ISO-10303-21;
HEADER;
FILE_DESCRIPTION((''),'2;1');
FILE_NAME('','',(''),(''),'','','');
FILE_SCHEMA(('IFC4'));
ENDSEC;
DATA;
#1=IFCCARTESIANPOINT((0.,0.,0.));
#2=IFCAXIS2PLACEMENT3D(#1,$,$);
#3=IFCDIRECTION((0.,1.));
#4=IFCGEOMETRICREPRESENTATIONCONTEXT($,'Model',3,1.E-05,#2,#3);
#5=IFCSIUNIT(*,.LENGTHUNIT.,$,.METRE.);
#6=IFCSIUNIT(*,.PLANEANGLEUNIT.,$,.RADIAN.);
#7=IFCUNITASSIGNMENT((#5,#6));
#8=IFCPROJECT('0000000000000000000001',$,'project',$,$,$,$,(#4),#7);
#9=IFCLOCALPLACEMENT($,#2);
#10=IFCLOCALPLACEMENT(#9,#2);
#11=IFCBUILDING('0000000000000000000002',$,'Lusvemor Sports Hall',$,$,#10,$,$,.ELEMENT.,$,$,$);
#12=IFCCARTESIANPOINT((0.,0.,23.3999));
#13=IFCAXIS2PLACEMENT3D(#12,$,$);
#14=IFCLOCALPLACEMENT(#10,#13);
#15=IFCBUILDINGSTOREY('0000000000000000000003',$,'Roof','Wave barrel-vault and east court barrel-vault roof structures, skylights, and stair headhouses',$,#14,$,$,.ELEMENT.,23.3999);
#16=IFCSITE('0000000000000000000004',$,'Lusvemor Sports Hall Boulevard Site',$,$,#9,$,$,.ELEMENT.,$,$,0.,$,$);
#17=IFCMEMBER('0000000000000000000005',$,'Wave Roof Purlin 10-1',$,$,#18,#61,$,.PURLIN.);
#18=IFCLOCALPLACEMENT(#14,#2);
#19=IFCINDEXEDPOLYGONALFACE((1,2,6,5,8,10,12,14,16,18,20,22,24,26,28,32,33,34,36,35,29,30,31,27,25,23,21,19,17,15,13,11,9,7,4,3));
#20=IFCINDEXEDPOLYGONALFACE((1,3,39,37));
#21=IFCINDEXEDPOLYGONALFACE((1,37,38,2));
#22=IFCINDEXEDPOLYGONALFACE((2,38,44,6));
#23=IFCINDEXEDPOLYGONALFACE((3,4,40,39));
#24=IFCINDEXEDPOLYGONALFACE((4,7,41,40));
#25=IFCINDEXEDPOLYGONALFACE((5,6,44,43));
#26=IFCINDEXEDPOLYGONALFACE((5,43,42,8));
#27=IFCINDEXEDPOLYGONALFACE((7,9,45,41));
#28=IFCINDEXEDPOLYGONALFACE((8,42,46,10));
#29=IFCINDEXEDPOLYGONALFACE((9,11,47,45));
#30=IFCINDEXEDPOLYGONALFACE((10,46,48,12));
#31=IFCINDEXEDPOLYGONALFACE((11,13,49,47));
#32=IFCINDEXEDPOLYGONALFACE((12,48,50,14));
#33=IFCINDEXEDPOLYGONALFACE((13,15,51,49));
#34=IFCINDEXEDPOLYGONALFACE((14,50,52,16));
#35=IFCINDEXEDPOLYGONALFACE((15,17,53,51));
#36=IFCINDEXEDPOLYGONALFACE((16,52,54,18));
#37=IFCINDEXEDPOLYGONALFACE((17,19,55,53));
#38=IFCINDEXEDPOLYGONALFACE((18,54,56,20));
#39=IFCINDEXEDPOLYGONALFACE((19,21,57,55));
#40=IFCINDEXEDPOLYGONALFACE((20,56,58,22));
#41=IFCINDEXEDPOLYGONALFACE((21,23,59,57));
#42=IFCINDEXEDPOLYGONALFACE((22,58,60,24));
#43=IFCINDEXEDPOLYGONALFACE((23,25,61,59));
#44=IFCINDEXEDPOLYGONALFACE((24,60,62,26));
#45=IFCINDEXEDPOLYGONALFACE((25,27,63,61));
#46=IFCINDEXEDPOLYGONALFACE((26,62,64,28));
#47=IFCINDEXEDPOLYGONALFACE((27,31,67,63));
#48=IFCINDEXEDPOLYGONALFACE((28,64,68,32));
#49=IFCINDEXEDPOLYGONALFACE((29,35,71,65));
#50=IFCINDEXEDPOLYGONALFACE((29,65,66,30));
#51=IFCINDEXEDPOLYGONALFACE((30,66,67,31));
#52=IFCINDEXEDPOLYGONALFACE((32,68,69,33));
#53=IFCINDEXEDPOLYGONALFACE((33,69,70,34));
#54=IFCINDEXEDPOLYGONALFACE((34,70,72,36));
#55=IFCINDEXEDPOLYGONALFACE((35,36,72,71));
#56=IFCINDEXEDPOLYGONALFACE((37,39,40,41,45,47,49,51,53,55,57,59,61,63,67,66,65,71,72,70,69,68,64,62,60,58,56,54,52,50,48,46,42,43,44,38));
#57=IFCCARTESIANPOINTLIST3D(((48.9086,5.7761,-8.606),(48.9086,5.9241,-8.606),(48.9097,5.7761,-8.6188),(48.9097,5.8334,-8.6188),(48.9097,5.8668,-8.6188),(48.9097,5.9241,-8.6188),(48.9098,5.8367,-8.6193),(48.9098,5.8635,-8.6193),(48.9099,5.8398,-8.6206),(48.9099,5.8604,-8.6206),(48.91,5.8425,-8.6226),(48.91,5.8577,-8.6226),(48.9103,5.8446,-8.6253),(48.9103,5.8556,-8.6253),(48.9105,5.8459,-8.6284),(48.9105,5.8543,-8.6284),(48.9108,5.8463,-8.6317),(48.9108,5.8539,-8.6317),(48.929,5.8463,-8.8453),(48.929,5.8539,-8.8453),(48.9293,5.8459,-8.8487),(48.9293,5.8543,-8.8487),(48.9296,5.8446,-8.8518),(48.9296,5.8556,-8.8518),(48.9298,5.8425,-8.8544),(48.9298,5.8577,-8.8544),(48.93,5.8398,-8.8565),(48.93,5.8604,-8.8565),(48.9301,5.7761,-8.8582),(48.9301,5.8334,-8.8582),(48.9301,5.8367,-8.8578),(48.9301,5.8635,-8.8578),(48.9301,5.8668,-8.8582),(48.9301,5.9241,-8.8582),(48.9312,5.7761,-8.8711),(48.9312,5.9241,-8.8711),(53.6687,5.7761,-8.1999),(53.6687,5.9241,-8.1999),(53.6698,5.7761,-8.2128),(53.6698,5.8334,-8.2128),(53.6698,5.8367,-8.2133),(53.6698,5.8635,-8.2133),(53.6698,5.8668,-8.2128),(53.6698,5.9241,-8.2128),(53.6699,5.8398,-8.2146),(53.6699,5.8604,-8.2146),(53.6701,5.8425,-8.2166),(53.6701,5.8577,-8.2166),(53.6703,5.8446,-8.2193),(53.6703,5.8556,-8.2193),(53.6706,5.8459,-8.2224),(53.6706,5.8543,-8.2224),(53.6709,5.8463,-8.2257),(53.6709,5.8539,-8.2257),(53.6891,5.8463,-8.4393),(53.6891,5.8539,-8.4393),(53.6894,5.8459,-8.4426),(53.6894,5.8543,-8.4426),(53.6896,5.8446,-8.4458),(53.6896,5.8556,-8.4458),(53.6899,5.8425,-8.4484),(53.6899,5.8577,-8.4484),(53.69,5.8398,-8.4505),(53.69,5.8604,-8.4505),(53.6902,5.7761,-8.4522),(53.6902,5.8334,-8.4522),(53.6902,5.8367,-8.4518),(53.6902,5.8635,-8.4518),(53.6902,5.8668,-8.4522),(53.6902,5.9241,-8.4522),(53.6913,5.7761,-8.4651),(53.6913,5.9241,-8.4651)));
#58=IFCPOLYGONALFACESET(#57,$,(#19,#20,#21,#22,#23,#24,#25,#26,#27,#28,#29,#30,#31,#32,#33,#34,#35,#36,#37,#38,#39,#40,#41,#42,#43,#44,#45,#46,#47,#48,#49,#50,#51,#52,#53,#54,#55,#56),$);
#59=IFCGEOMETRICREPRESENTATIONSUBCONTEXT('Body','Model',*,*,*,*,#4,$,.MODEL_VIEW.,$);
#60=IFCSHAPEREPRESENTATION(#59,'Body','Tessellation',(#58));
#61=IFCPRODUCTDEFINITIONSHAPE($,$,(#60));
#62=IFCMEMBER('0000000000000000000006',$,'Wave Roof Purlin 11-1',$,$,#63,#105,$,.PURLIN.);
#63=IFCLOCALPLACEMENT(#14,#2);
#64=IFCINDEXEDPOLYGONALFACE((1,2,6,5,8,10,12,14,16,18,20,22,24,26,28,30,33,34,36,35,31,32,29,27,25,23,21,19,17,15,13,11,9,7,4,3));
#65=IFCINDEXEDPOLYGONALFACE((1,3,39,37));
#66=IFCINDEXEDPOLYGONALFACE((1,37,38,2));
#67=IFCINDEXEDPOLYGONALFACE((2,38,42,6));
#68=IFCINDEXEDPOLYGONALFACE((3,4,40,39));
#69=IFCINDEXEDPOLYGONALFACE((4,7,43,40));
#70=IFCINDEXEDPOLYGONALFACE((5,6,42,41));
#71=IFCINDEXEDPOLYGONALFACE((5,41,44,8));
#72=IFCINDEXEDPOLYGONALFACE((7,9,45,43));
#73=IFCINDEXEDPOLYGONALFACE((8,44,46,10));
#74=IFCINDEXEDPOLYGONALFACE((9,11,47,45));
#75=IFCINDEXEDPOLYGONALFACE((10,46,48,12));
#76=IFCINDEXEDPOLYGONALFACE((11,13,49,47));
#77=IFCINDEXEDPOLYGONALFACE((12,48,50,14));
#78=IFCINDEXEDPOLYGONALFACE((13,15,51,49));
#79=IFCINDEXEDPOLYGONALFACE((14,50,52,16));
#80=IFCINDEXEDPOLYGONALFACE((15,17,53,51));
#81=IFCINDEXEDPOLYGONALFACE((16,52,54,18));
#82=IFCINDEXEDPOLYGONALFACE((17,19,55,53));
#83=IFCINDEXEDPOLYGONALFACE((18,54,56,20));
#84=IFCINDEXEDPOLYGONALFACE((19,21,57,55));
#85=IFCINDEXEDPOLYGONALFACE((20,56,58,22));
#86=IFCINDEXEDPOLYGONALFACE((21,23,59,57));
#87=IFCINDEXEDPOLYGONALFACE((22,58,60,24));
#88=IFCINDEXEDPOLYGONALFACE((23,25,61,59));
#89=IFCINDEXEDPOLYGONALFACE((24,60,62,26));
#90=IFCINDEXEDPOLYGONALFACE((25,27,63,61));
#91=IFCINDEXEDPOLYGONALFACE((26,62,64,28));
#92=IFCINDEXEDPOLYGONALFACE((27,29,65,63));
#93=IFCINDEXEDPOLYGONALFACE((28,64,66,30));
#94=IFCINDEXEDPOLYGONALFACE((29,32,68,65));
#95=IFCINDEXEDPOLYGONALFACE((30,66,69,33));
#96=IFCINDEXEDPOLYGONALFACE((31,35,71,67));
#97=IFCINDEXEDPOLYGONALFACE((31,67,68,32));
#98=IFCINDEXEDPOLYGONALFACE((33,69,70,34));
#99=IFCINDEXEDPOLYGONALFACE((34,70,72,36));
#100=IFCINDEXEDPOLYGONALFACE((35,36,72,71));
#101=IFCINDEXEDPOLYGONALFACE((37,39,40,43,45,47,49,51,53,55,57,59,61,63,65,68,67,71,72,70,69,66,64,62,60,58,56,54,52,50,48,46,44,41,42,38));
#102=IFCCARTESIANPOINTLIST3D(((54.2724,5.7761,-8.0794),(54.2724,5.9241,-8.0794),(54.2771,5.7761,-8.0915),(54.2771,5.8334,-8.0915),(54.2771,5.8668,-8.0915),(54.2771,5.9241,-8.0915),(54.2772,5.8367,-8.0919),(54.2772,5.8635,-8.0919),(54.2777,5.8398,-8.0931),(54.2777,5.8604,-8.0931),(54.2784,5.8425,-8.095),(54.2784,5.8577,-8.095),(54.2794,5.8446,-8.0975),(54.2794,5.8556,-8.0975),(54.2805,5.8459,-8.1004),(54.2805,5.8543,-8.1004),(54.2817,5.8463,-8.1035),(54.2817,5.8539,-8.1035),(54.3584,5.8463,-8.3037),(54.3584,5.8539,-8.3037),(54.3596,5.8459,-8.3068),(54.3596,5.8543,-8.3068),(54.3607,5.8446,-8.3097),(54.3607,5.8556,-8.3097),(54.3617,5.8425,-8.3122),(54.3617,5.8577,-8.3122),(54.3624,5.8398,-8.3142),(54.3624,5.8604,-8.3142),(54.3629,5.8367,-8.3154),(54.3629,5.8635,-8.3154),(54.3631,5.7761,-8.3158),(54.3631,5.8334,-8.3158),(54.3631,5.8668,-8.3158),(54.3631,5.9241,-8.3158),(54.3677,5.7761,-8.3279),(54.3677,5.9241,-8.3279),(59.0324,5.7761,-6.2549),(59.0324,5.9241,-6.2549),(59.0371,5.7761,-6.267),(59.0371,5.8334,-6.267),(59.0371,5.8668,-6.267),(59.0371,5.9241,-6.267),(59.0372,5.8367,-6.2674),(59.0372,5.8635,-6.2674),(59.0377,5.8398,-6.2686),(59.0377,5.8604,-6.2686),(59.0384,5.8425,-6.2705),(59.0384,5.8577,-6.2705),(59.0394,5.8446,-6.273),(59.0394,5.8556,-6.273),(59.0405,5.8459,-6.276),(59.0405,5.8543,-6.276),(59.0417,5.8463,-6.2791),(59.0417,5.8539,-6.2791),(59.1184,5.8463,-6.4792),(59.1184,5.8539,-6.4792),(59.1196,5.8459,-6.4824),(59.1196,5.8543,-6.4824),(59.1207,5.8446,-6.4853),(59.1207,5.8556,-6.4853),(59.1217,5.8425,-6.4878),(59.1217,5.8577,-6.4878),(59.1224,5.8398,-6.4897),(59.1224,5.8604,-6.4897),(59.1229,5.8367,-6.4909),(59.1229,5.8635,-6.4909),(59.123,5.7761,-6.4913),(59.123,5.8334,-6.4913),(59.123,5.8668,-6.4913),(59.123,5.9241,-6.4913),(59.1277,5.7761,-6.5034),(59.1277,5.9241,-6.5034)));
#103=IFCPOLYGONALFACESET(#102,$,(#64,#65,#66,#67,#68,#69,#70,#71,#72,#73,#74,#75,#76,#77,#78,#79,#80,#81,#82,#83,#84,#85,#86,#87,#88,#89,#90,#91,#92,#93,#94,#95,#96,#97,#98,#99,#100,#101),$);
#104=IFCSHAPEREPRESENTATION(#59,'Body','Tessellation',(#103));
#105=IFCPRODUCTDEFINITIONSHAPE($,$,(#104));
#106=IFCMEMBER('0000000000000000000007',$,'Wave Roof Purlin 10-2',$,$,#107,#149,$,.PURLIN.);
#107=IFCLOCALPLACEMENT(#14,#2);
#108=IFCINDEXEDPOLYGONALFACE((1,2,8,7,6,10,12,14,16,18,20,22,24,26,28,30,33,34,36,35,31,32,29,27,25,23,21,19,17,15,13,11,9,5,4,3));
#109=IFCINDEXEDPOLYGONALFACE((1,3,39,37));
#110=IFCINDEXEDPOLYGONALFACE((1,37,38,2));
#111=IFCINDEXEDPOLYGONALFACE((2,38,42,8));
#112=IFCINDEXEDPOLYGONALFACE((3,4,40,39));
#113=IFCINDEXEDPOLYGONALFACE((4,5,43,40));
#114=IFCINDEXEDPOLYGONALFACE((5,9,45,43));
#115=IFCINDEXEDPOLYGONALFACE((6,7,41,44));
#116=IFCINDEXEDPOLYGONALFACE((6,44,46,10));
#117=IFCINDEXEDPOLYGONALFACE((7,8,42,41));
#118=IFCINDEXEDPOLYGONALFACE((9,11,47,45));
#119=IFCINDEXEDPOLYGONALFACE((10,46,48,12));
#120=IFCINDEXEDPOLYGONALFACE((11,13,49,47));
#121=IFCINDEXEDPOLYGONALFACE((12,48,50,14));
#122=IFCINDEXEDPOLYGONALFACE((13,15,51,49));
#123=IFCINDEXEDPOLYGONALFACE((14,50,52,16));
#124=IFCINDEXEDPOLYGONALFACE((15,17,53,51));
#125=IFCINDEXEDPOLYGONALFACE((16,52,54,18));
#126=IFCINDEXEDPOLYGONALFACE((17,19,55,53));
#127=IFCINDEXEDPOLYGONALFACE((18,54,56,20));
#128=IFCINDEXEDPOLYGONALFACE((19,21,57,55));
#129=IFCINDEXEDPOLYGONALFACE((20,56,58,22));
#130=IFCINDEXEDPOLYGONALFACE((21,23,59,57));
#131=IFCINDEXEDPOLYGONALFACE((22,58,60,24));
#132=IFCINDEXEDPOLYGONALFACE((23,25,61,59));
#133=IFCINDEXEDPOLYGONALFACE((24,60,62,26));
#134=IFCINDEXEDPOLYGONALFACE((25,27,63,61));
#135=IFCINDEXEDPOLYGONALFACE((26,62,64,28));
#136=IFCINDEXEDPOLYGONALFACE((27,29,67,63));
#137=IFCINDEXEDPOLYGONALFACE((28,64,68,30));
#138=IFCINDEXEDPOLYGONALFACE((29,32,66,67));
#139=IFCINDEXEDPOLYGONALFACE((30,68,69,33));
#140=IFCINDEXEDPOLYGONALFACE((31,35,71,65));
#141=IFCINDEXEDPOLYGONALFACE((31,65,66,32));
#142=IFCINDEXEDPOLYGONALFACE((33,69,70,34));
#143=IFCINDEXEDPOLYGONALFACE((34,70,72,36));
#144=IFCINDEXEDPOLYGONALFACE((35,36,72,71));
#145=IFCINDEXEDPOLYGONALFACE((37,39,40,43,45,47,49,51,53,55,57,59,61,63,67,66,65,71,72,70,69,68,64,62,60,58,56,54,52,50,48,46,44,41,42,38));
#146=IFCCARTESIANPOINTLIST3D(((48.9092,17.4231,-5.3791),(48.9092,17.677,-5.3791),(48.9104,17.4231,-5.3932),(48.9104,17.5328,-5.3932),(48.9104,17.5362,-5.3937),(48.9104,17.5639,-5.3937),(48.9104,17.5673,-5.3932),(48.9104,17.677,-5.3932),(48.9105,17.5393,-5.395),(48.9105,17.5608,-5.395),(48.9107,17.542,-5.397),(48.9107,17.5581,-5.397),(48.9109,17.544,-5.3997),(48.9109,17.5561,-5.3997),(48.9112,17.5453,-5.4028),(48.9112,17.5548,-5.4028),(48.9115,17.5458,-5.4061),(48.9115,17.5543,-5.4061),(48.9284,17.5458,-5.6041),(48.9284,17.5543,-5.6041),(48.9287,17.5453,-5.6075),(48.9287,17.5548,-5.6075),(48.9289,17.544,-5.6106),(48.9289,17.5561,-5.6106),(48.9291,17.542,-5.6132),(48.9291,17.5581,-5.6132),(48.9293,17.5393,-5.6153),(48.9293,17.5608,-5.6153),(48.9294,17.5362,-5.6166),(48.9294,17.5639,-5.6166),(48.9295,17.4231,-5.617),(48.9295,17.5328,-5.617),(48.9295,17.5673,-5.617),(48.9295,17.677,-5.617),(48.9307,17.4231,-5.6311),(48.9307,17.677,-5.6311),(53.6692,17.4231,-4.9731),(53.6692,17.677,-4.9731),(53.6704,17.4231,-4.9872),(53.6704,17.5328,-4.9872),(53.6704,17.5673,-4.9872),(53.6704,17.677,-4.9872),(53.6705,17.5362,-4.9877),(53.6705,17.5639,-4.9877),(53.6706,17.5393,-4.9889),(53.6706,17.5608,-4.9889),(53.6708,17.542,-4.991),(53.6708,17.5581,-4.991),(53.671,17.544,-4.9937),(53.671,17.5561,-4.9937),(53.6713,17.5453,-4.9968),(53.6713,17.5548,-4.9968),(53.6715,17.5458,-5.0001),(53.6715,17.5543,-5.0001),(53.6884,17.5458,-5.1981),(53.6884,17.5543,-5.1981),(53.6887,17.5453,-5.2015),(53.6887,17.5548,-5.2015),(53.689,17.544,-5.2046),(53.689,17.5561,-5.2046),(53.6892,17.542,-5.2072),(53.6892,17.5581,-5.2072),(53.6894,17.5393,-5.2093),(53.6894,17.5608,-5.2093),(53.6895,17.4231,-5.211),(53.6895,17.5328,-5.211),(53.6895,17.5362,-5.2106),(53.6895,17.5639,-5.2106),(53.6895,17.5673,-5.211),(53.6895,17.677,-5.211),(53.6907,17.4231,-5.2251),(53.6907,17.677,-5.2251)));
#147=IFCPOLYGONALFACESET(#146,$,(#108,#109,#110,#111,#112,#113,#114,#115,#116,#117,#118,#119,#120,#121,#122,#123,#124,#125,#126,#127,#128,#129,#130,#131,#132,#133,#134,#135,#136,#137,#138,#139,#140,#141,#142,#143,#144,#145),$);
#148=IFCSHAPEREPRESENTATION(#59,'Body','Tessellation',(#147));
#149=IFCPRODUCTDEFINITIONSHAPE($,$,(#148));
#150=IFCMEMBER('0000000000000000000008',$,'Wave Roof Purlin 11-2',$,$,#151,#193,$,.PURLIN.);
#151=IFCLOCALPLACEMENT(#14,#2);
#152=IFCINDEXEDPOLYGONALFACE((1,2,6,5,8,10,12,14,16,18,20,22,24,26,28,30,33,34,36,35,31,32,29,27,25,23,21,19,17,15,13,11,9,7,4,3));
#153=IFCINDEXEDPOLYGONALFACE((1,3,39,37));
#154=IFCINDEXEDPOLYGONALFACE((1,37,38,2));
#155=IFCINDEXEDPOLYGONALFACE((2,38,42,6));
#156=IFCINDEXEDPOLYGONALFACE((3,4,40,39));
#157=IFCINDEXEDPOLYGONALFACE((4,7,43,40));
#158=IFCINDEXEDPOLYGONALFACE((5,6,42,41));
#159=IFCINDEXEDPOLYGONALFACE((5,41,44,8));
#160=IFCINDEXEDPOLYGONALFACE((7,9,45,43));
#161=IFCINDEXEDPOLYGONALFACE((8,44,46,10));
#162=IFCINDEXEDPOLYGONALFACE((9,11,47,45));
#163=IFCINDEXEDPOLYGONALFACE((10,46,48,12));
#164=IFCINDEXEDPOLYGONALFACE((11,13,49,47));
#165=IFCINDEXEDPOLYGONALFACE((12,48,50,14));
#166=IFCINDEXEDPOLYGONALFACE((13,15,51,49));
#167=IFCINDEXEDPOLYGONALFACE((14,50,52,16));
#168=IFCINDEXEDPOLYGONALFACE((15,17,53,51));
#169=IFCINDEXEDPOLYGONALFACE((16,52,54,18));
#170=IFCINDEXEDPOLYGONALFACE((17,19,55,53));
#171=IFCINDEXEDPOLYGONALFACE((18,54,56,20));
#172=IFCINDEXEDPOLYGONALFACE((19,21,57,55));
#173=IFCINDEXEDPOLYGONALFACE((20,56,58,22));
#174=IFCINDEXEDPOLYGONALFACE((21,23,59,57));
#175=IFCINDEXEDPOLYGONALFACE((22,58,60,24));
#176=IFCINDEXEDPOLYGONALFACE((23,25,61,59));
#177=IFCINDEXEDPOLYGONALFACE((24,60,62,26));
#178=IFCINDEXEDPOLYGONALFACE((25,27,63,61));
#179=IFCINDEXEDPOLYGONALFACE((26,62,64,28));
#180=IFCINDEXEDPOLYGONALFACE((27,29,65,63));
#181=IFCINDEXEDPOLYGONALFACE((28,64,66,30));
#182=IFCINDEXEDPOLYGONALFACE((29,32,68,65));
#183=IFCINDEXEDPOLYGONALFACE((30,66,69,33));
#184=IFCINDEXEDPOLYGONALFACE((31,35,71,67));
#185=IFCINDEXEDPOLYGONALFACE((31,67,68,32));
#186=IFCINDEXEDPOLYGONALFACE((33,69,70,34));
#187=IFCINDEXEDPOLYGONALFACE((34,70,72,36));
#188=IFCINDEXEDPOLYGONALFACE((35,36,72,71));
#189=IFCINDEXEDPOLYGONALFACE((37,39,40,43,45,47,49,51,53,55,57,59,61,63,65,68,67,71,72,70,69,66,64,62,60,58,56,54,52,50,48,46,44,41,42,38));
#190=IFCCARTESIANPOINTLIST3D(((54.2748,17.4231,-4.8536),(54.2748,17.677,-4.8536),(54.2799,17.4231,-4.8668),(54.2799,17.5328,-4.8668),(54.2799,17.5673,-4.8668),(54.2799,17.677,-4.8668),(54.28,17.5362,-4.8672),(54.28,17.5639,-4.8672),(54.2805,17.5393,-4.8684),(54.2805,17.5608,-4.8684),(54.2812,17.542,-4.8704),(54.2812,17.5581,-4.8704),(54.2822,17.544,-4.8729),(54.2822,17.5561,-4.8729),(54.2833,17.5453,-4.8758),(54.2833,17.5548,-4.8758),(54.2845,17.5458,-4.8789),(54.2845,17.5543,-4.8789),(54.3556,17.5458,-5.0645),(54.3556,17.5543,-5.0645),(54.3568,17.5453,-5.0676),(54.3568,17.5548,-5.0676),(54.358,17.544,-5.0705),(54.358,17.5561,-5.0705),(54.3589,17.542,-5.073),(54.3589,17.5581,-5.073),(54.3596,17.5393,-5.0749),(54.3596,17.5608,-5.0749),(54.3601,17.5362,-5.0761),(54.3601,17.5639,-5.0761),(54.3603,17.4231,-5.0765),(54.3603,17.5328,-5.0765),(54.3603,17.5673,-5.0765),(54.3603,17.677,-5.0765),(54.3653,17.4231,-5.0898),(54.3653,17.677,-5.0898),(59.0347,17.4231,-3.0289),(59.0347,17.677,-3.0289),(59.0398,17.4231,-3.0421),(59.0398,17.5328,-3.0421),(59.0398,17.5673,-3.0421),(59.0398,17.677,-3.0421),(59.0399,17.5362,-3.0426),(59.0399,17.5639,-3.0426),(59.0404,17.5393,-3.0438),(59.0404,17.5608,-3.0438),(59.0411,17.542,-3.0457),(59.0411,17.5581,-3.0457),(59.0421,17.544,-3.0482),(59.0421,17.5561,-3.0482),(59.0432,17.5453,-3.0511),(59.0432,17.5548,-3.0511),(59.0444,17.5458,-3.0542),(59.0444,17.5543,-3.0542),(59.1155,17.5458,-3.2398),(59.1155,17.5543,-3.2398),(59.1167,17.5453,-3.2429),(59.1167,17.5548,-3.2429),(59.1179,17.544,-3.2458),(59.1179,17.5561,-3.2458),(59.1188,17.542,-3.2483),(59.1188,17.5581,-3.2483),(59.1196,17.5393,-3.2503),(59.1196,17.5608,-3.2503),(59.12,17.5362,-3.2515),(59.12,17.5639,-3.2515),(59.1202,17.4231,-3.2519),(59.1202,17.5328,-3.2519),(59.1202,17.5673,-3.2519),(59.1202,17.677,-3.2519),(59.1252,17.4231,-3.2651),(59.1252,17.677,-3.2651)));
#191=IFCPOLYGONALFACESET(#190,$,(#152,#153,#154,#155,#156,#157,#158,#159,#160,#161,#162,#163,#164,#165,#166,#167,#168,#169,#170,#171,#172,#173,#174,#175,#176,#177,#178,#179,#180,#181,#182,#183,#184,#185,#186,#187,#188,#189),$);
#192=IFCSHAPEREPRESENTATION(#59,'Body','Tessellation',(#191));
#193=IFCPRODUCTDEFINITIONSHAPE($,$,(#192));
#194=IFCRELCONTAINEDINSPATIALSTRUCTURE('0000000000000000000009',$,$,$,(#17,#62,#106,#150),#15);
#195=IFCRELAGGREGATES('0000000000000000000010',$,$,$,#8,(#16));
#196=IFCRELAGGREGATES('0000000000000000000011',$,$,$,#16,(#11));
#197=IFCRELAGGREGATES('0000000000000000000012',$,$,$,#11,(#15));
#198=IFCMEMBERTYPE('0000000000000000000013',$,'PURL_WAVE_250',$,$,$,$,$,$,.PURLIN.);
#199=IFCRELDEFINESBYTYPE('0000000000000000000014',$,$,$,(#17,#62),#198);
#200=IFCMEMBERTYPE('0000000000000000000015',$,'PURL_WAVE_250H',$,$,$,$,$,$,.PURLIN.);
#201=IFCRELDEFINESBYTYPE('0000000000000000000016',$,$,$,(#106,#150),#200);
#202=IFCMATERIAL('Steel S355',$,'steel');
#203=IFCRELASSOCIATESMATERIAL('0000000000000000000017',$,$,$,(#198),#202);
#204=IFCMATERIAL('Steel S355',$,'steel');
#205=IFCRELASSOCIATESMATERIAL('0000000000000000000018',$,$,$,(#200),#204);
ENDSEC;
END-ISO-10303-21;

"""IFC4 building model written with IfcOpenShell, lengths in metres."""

from ifc_helpers import new_model, si_unit, direction, frame, origin, origin_2d, place, context, subcontext, project, spatial, i_section, extrude, material, material_profile, profile_set, type_object, element, save


model = new_model("IFC4")

# Units and contexts
model_context = context("Model", 3, precision=1e-05, world=origin(), true_north=direction((0.0, 1.0)))
body_context = subcontext(model_context, "Body", "Model", "MODEL_VIEW")
ifc_project = project(units=[si_unit("LENGTHUNIT", "METRE"), si_unit("PLANEANGLEUNIT", "RADIAN")], contexts=[model_context])

# Site, building, storey
site_placement = place(None, origin())
site = spatial("IfcSite", under=ifc_project, at=site_placement, Name="Lusvemor Sports Hall Boulevard Site", CompositionType="ELEMENT", RefElevation=0.0)
building_placement = place(site_placement, origin())
building = spatial("IfcBuilding", under=site, at=building_placement, Name="Lusvemor Sports Hall", CompositionType="ELEMENT")
storey_placement = place(building_placement, frame((0.0, 0.0, 23.3999)))
storey = spatial("IfcBuildingStorey", under=building, at=storey_placement, Name="Roof", Description="Wave barrel-vault and east court barrel-vault roof structures, skylights, and stair headhouses", CompositionType="ELEMENT", Elevation=23.3999)

# Members
ifc_material_1 = material(Name="Steel S355", Category="steel")
ifc_material_profile_1 = material_profile(ifc_material_1, i_section(OverallWidth=0.1479, OverallDepth=0.2661, WebThickness=0.0076, FlangeThickness=0.0129, FilletRadius=0.0129, at=origin_2d()), Name="W250x44.8")
ifc_profile_set_1 = profile_set([ifc_material_profile_1], Name="Steel S355")
member_type_1 = type_object("IfcMemberType", Name="PURL_WAVE_250", PredefinedType="PURLIN", material=ifc_profile_set_1)
member_1_placement = place(storey_placement, frame((48.9199, 5.8501, -8.7385), z_axis=(0.996382, 0.0, 0.084987), x_axis=(0.0, 1.0, 0.0)))
element("IfcMember", 1, at=member_1_placement, inside=storey, type_object=member_type_1, Name="Wave Roof Purlin 10-1", PredefinedType="PURLIN", context=body_context, shape_type="SweptSolid", body=[
    extrude(i_section(OverallWidth=0.1479, OverallDepth=0.2661, WebThickness=0.0076, FlangeThickness=0.0129, FilletRadius=0.0129, at=origin_2d()), origin(), (0.0, 0.0, 1.0), 4.7773),
])
member_2_placement = place(storey_placement, frame((54.3201, 5.8501, -8.2036), z_axis=(0.93376, 0.0, 0.357901), x_axis=(0.0, 1.0, 0.0)))
element("IfcMember", 2, at=member_2_placement, inside=storey, type_object=member_type_1, Name="Wave Roof Purlin 11-1", PredefinedType="PURLIN", context=body_context, shape_type="SweptSolid", body=[
    extrude(i_section(OverallWidth=0.1479, OverallDepth=0.2661, WebThickness=0.0076, FlangeThickness=0.0129, FilletRadius=0.0129, at=origin_2d()), origin(), (0.0, 0.0, 1.0), 5.0977),
])
ifc_material_2 = material(Name="Steel S355", Category="steel")
ifc_material_profile_2 = material_profile(ifc_material_2, i_section(OverallWidth=0.2539, OverallDepth=0.2529, WebThickness=0.0085, FlangeThickness=0.0142, FilletRadius=0.0129, at=origin_2d()), Name="W250x73.0")
ifc_profile_set_2 = profile_set([ifc_material_profile_2], Name="Steel S355")
member_type_2 = type_object("IfcMemberType", Name="PURL_WAVE_250H", PredefinedType="PURLIN", material=ifc_profile_set_2)
member_3_placement = place(storey_placement, frame((48.9199, 17.55, -5.5051), z_axis=(0.996382, 0.0, 0.084987), x_axis=(0.0, 1.0, 0.0)))
element("IfcMember", 3, at=member_3_placement, inside=storey, type_object=member_type_2, Name="Wave Roof Purlin 10-2", PredefinedType="PURLIN", context=body_context, shape_type="SweptSolid", body=[
    extrude(i_section(OverallWidth=0.2539, OverallDepth=0.2529, WebThickness=0.0085, FlangeThickness=0.0142, FilletRadius=0.0129, at=origin_2d()), origin(), (0.0, 0.0, 1.0), 4.7773),
])
member_4_placement = place(storey_placement, frame((54.3201, 17.55, -4.9717), z_axis=(0.933744, 0.0, 0.357942), x_axis=(0.0, 1.0, 0.0)))
element("IfcMember", 4, at=member_4_placement, inside=storey, type_object=member_type_2, Name="Wave Roof Purlin 11-2", PredefinedType="PURLIN", context=body_context, shape_type="SweptSolid", body=[
    extrude(i_section(OverallWidth=0.2539, OverallDepth=0.2529, WebThickness=0.0085, FlangeThickness=0.0142, FilletRadius=0.0129, at=origin_2d()), origin(), (0.0, 0.0, 1.0), 5.0977),
])

save(model, "model.ifc")
